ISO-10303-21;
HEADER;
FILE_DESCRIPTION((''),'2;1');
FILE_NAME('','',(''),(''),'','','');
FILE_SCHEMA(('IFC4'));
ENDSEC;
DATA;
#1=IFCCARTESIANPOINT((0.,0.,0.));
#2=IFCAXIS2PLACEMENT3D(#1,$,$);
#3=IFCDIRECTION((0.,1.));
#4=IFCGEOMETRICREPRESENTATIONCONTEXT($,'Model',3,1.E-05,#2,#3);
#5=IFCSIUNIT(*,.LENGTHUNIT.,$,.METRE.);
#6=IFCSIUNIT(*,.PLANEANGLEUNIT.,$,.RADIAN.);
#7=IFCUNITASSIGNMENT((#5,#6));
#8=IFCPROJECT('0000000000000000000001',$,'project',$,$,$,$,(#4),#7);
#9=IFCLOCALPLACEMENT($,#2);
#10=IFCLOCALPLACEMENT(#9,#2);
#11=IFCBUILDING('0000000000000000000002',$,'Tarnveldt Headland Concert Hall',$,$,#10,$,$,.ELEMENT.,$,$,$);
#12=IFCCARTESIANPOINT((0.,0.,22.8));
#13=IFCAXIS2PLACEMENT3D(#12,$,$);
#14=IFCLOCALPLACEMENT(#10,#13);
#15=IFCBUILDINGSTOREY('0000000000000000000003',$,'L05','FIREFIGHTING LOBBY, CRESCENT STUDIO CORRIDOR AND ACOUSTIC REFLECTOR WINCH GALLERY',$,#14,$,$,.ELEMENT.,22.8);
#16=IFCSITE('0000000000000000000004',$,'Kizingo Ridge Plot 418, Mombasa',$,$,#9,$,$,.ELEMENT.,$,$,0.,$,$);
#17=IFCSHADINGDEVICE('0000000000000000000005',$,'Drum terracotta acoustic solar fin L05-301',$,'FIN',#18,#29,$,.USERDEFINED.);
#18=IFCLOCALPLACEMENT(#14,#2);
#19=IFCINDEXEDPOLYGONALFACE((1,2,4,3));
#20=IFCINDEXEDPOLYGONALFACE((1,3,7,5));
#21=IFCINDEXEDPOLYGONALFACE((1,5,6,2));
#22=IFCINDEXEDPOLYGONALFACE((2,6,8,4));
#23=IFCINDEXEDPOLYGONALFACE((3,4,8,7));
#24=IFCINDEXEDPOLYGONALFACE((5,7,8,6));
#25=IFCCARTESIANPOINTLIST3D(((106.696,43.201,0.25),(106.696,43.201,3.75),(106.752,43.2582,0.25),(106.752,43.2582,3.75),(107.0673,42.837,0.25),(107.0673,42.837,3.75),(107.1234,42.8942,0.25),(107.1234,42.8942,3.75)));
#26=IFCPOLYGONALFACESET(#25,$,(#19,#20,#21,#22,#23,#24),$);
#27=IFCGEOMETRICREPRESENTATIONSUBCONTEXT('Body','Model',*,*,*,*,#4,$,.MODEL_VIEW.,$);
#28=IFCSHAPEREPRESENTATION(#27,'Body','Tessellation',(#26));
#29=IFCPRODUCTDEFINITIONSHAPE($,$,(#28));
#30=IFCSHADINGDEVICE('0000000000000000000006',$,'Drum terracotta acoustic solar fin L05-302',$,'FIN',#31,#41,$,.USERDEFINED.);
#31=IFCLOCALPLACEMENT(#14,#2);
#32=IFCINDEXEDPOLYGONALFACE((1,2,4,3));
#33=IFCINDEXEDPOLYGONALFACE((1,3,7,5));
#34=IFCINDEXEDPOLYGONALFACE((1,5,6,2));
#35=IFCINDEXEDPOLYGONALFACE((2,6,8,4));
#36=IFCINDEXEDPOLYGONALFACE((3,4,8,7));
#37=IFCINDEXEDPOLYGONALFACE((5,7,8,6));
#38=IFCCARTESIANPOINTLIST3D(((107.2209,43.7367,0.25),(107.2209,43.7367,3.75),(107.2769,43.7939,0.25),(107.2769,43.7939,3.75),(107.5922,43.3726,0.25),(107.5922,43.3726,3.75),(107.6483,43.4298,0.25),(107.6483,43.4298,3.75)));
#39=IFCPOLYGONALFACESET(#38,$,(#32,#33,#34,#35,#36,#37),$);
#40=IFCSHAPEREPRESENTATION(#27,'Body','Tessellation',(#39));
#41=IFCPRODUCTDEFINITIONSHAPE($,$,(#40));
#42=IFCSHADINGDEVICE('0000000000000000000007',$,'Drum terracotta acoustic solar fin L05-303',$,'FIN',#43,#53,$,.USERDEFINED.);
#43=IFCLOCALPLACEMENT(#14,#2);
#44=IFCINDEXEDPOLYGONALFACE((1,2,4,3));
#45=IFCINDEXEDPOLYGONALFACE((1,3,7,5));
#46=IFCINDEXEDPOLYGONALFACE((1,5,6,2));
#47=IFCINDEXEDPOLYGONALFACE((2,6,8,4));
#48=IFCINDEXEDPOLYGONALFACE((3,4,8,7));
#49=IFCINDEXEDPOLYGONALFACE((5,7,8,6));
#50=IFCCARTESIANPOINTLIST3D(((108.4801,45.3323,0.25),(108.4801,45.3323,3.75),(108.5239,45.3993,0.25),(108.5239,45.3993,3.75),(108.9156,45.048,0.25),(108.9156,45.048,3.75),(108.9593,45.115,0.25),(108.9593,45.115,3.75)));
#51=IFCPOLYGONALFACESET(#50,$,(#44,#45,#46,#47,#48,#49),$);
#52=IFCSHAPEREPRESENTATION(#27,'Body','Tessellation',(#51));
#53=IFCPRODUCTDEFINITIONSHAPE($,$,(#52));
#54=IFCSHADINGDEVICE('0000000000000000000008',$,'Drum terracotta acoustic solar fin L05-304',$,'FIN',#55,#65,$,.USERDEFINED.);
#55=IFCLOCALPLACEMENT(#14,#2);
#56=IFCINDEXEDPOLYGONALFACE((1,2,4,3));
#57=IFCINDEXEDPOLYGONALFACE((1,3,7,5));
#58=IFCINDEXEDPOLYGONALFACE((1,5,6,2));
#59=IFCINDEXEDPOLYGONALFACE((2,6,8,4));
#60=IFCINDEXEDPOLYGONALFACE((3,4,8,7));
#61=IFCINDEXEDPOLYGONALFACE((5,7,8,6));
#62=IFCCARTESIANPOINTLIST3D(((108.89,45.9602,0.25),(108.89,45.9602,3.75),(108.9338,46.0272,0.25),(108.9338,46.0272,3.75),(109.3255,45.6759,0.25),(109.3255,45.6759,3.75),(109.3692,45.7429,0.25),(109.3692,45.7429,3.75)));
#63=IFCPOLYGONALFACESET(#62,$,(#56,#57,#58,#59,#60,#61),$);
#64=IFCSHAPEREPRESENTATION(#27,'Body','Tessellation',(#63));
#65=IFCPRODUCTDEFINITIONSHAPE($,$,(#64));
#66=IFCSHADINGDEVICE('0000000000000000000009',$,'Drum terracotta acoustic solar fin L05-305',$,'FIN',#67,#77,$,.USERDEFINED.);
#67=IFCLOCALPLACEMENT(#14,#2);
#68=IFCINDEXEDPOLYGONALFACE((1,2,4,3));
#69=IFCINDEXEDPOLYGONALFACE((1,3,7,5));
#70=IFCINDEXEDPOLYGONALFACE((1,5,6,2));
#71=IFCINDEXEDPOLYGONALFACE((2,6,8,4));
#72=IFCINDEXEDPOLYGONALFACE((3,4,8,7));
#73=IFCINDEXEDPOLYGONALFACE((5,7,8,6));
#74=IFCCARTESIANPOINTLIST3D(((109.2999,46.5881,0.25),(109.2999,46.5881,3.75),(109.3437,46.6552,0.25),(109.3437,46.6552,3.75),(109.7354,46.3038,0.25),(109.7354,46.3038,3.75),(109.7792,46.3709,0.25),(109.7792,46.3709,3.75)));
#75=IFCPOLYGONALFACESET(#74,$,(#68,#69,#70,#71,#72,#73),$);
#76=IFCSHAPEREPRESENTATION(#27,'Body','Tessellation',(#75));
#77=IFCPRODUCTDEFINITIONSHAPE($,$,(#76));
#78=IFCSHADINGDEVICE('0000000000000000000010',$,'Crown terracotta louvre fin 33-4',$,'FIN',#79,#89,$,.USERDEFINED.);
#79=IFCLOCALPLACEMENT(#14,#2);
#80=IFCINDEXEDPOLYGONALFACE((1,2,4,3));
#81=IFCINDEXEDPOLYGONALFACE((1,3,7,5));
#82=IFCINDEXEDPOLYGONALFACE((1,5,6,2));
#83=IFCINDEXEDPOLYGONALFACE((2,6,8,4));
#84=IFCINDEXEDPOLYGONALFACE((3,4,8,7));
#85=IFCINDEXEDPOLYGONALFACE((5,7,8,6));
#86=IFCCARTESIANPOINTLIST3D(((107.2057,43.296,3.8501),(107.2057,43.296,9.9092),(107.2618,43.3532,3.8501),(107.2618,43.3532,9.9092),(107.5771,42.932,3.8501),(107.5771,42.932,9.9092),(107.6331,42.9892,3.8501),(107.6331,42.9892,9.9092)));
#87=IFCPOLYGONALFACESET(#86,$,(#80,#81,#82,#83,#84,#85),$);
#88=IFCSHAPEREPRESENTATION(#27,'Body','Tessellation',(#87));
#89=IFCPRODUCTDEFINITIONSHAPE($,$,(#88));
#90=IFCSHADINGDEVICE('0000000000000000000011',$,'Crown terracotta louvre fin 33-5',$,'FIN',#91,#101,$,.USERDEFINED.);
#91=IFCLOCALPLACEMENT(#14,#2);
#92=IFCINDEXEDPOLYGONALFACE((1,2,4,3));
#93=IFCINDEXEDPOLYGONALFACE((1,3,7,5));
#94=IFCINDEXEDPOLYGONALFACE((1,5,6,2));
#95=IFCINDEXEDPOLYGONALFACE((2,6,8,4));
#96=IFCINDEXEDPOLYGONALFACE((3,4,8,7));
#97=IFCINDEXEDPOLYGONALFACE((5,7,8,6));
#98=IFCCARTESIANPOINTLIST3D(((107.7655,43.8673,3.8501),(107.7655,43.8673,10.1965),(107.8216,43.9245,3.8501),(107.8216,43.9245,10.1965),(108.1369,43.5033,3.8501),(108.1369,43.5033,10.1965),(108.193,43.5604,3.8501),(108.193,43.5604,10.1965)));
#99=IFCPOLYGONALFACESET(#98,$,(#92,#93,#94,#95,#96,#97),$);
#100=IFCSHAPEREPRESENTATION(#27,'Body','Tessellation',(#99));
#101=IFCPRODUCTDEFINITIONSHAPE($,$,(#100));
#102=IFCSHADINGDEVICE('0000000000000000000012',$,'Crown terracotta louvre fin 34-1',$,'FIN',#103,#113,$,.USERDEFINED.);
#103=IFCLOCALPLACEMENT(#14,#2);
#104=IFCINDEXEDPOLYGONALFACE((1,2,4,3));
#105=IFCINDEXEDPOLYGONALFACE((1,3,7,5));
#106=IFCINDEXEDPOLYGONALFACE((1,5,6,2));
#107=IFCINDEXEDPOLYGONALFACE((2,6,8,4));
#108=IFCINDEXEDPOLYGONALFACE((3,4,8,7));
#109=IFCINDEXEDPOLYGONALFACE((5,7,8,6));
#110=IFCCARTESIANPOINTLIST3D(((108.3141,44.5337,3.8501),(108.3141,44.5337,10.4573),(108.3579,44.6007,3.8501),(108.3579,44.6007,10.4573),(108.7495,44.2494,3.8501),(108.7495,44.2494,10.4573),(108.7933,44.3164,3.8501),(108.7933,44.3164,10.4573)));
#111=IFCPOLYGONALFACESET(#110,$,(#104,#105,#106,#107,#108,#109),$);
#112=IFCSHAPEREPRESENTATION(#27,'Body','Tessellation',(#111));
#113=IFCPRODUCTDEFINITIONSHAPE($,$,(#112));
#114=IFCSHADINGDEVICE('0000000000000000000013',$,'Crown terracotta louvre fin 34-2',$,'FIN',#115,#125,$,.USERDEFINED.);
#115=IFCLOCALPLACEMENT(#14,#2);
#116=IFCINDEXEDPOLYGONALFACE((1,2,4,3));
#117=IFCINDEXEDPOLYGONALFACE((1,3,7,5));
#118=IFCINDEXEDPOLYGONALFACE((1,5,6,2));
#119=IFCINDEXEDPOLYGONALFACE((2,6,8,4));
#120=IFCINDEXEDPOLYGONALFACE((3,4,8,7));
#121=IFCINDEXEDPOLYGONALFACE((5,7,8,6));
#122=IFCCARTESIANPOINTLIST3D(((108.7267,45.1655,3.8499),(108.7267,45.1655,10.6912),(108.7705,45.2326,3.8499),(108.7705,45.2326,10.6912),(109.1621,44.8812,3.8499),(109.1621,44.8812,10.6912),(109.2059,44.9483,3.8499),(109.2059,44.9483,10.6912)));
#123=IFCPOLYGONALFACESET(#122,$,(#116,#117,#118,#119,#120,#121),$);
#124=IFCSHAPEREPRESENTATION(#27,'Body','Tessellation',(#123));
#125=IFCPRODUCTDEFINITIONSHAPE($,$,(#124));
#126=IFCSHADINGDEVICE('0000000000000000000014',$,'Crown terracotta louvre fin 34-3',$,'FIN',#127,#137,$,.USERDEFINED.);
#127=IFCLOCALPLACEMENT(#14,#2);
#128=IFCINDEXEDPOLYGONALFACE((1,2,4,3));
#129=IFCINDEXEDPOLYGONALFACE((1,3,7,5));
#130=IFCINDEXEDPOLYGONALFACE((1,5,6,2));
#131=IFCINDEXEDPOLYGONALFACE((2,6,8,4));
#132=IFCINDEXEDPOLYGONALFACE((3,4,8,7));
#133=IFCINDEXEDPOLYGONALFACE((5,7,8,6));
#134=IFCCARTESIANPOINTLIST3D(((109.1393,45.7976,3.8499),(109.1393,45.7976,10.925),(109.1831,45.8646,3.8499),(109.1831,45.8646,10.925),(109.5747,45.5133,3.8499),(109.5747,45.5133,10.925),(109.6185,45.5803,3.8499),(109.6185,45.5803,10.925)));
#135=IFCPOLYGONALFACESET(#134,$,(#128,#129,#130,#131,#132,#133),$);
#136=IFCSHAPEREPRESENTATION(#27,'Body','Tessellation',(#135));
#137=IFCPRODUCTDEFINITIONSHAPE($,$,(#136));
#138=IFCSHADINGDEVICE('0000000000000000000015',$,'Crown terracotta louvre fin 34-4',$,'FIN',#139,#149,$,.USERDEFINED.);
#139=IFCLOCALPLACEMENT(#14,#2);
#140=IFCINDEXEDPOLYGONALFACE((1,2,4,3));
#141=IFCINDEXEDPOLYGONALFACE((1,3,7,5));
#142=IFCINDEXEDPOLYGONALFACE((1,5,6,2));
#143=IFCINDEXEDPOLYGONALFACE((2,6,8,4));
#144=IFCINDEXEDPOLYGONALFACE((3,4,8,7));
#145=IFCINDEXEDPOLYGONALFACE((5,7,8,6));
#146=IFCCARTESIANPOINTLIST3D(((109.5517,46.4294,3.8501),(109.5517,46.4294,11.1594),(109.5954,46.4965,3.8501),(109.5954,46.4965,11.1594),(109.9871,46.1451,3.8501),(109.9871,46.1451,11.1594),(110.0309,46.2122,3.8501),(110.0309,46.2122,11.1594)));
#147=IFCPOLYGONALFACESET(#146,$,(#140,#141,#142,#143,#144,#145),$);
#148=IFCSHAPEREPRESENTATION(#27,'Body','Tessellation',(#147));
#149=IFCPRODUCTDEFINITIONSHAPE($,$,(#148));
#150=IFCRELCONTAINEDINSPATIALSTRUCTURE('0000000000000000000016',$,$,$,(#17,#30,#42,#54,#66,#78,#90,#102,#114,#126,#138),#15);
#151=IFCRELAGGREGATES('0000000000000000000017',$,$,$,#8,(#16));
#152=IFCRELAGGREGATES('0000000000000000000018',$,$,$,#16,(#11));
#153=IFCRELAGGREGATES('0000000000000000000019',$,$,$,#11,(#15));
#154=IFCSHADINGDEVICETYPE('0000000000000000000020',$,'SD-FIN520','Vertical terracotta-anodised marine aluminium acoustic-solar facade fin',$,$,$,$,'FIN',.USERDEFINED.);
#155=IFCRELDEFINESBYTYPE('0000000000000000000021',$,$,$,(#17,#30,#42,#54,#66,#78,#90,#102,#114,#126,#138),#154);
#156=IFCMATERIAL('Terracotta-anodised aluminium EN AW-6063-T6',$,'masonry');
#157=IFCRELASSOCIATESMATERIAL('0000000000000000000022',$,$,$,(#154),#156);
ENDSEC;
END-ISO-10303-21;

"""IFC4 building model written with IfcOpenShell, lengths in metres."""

from ifc_helpers import new_model, si_unit, direction, frame, origin, origin_2d, place, context, subcontext, project, spatial, rectangle, extrude, material, type_object, element, save


model = new_model("IFC4")

# Units and contexts
model_context = context("Model", 3, precision=1e-05, world=origin(), true_north=direction((0.0, 1.0)))
body_context = subcontext(model_context, "Body", "Model", "MODEL_VIEW")
ifc_project = project(units=[si_unit("LENGTHUNIT", "METRE"), si_unit("PLANEANGLEUNIT", "RADIAN")], contexts=[model_context])

# Site, building, storey
site_placement = place(None, origin())
site = spatial("IfcSite", under=ifc_project, at=site_placement, Name="Kizingo Ridge Plot 418, Mombasa", CompositionType="ELEMENT", RefElevation=0.0)
building_placement = place(site_placement, origin())
building = spatial("IfcBuilding", under=site, at=building_placement, Name="Tarnveldt Headland Concert Hall", CompositionType="ELEMENT")
storey_placement = place(building_placement, frame((0.0, 0.0, 22.8)))
storey = spatial("IfcBuildingStorey", under=building, at=storey_placement, Name="L05", Description="FIREFIGHTING LOBBY, CRESCENT STUDIO CORRIDOR AND ACOUSTIC REFLECTOR WINCH GALLERY", CompositionType="ELEMENT", Elevation=22.8)

# Shading devices
ifc_material_1 = material(Name="Terracotta-anodised aluminium EN AW-6063-T6", Category="masonry")
shading_device_type = type_object("IfcShadingDeviceType", Name="SD-FIN520", Description="Vertical terracotta-anodised marine aluminium acoustic-solar facade fin", ElementType="FIN", PredefinedType="USERDEFINED", material=ifc_material_1)
for number, where, z_axis, x_axis, name in (
    (1, (106.9097, 43.0476, 0.25), (0.0, 0.0, 1.0), (0.714106, -0.700037, 0.0), "Drum terracotta acoustic solar fin L05-301"),
    (2, (107.4346, 43.5833, 0.25), (0.0, 0.0, 1.0), (0.714106, -0.700037, 0.0), "Drum terracotta acoustic solar fin L05-302"),
    (3, (108.7197, 45.2236, 0.25), (0.0, 0.0, 1.0), (0.837337, -0.546687, 0.0), "Drum terracotta acoustic solar fin L05-303"),
    (4, (109.1296, 45.8516, 0.25), (0.0, 0.0, 1.0), (0.837337, -0.546687, 0.0), "Drum terracotta acoustic solar fin L05-304"),
    (5, (109.5396, 46.4795, 0.25), (0.0, 0.0, 1.0), (0.837337, -0.546687, 0.0), "Drum terracotta acoustic solar fin L05-305"),
):
    element("IfcShadingDevice", number, at=place(storey_placement, frame(where, z_axis=z_axis, x_axis=x_axis)), inside=storey, type_object=shading_device_type, Name=name, ObjectType="FIN", PredefinedType="USERDEFINED", context=body_context, shape_type="SweptSolid", body=[
        extrude(rectangle(XDim=0.52, YDim=0.0801, at=origin_2d()), origin(), (0.0, 0.0, 1.0), 3.5),
    ])
shading_device_1_placement = place(storey_placement, frame((107.4194, 43.1426, 3.8501), z_axis=(0.0, 0.0, 1.0), x_axis=(0.714106, -0.700037, 0.0)))
element("IfcShadingDevice", 6, at=shading_device_1_placement, inside=storey, type_object=shading_device_type, Name="Crown terracotta louvre fin 33-4", ObjectType="FIN", PredefinedType="USERDEFINED", context=body_context, shape_type="SweptSolid", body=[
    extrude(rectangle(XDim=0.52, YDim=0.0801, at=origin_2d()), origin(), (0.0, 0.0, 1.0), 6.0591),
])
shading_device_2_placement = place(storey_placement, frame((107.9792, 43.7139, 3.8501), z_axis=(0.0, 0.0, 1.0), x_axis=(0.714106, -0.700037, 0.0)))
element("IfcShadingDevice", 7, at=shading_device_2_placement, inside=storey, type_object=shading_device_type, Name="Crown terracotta louvre fin 33-5", ObjectType="FIN", PredefinedType="USERDEFINED", context=body_context, shape_type="SweptSolid", body=[
    extrude(rectangle(XDim=0.52, YDim=0.0801, at=origin_2d()), origin(), (0.0, 0.0, 1.0), 6.3464),
])
shading_device_3_placement = place(storey_placement, frame((108.5537, 44.425, 3.8501), z_axis=(0.0, 0.0, 1.0), x_axis=(0.837337, -0.546687, 0.0)))
element("IfcShadingDevice", 8, at=shading_device_3_placement, inside=storey, type_object=shading_device_type, Name="Crown terracotta louvre fin 34-1", ObjectType="FIN", PredefinedType="USERDEFINED", context=body_context, shape_type="SweptSolid", body=[
    extrude(rectangle(XDim=0.52, YDim=0.0801, at=origin_2d()), origin(), (0.0, 0.0, 1.0), 6.6072),
])
shading_device_4_placement = place(storey_placement, frame((108.9663, 45.0569, 3.8499), z_axis=(0.0, 0.0, 1.0), x_axis=(0.837337, -0.546687, 0.0)))
element("IfcShadingDevice", 9, at=shading_device_4_placement, inside=storey, type_object=shading_device_type, Name="Crown terracotta louvre fin 34-2", ObjectType="FIN", PredefinedType="USERDEFINED", context=body_context, shape_type="SweptSolid", body=[
    extrude(rectangle(XDim=0.52, YDim=0.0801, at=origin_2d()), origin(), (0.0, 0.0, 1.0), 6.8413),
])
shading_device_5_placement = place(storey_placement, frame((109.3789, 45.689, 3.8499), z_axis=(0.0, 0.0, 1.0), x_axis=(0.837337, -0.546687, 0.0)))
element("IfcShadingDevice", 10, at=shading_device_5_placement, inside=storey, type_object=shading_device_type, Name="Crown terracotta louvre fin 34-3", ObjectType="FIN", PredefinedType="USERDEFINED", context=body_context, shape_type="SweptSolid", body=[
    extrude(rectangle(XDim=0.52, YDim=0.0801, at=origin_2d()), origin(), (0.0, 0.0, 1.0), 7.0752),
])
shading_device_6_placement = place(storey_placement, frame((109.7913, 46.3208, 3.8501), z_axis=(0.0, 0.0, 1.0), x_axis=(0.837337, -0.546687, 0.0)))
element("IfcShadingDevice", 11, at=shading_device_6_placement, inside=storey, type_object=shading_device_type, Name="Crown terracotta louvre fin 34-4", ObjectType="FIN", PredefinedType="USERDEFINED", context=body_context, shape_type="SweptSolid", body=[
    extrude(rectangle(XDim=0.52, YDim=0.0801, at=origin_2d()), origin(), (0.0, 0.0, 1.0), 7.3093),
])

save(model, "model.ifc")
